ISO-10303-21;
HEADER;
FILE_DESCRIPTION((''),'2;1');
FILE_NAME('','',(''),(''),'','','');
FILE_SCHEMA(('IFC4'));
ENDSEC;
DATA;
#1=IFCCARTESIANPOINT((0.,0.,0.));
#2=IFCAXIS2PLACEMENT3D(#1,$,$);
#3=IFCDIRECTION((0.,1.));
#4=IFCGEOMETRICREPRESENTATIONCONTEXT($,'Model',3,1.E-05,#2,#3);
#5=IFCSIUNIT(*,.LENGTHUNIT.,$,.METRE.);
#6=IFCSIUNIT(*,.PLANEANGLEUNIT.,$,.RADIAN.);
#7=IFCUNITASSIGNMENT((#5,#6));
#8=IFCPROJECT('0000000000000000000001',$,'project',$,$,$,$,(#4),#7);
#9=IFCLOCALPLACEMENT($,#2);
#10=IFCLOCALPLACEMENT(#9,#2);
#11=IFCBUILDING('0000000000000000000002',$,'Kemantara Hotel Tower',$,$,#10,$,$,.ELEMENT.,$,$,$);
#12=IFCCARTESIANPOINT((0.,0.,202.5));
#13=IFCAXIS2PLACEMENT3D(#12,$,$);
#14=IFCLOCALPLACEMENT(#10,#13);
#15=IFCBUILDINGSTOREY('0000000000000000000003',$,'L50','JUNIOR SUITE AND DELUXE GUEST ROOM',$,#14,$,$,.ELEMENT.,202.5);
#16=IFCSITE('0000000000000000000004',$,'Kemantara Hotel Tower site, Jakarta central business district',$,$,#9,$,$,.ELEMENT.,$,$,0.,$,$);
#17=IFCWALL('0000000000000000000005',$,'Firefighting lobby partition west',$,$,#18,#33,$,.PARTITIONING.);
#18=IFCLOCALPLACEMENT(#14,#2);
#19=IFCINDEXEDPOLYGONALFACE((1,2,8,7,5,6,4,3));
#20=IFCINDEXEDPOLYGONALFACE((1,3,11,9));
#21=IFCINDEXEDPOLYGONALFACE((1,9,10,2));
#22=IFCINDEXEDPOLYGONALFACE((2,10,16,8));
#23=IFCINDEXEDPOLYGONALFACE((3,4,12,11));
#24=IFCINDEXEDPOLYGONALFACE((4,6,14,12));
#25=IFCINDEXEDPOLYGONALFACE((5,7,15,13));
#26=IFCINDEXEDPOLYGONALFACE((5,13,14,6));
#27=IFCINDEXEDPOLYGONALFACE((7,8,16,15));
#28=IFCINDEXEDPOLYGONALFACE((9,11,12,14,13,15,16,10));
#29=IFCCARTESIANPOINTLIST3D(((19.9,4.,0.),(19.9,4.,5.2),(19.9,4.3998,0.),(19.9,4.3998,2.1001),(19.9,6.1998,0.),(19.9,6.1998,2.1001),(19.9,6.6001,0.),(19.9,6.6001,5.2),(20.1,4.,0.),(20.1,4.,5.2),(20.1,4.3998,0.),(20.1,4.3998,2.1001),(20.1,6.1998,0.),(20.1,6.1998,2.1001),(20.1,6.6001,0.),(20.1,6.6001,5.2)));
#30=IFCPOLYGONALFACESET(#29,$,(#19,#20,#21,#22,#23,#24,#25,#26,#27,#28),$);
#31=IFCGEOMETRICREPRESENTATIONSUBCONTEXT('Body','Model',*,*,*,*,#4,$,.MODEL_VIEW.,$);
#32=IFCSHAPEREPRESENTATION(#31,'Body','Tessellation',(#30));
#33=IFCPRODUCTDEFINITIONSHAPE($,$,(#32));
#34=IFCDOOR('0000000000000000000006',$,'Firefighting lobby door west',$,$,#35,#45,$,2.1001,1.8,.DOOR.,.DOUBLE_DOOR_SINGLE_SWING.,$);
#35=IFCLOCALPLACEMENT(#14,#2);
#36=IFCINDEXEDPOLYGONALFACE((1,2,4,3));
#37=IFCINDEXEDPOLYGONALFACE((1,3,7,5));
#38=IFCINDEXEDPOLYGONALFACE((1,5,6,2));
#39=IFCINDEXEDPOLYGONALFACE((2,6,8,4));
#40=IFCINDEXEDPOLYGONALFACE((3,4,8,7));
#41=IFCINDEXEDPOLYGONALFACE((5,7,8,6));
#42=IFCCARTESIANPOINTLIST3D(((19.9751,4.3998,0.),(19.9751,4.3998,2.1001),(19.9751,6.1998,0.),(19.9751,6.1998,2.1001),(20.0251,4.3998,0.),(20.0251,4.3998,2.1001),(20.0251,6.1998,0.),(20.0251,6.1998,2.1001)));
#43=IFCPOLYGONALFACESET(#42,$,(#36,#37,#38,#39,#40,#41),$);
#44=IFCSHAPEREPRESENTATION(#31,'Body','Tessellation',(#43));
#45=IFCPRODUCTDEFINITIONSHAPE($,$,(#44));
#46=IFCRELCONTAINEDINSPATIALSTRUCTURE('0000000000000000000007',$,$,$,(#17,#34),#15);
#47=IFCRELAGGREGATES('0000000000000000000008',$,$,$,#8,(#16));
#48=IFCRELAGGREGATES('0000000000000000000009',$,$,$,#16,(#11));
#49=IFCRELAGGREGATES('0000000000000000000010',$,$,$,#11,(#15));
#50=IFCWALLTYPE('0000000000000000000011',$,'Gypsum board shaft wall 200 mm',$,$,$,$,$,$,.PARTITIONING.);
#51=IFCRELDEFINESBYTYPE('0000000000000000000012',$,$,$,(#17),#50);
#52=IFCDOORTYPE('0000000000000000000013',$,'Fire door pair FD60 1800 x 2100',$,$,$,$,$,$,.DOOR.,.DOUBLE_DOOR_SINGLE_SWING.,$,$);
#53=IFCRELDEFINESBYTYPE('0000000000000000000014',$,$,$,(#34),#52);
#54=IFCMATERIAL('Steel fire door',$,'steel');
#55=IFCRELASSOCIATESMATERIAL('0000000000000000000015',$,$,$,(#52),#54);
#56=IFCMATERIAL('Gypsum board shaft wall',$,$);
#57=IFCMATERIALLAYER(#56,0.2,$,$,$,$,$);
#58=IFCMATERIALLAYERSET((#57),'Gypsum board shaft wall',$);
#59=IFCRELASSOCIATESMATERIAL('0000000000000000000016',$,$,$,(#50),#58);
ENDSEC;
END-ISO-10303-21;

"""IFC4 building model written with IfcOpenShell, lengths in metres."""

from ifc_helpers import new_model, si_unit, direction, frame, frame_2d, origin, place, context, subcontext, project, spatial, rectangle, extrude, material, layer, layer_set, type_object, element, fill, save


model = new_model("IFC4")

# Units and contexts
model_context = context("Model", 3, precision=1e-05, world=origin(), true_north=direction((0.0, 1.0)))
body_context = subcontext(model_context, "Body", "Model", "MODEL_VIEW")
ifc_project = project(units=[si_unit("LENGTHUNIT", "METRE"), si_unit("PLANEANGLEUNIT", "RADIAN")], contexts=[model_context])

# Site, building, storey
site_placement = place(None, origin())
site = spatial("IfcSite", under=ifc_project, at=site_placement, Name="Kemantara Hotel Tower site, Jakarta central business district", CompositionType="ELEMENT", RefElevation=0.0)
building_placement = place(site_placement, origin())
building = spatial("IfcBuilding", under=site, at=building_placement, Name="Kemantara Hotel Tower", CompositionType="ELEMENT")
storey_placement = place(building_placement, frame((0.0, 0.0, 202.5)))
storey = spatial("IfcBuildingStorey", under=building, at=storey_placement, Name="L50", Description="JUNIOR SUITE AND DELUXE GUEST ROOM", CompositionType="ELEMENT", Elevation=202.5)

# Shared definitions
ifc_material_1 = material(Name="Steel fire door", Category="steel")
door_type_1 = type_object("IfcDoorType", Name="Fire door pair FD60 1800 x 2100", OperationType="DOUBLE_DOOR_SINGLE_SWING", PredefinedType="DOOR", material=ifc_material_1)

# Wall, opening, door
ifc_material_2 = material(Name="Gypsum board shaft wall")
ifc_layer_1 = layer(ifc_material_2, 0.2)
ifc_layer_set_1 = layer_set([ifc_layer_1], Name="Gypsum board shaft wall")
wall_type_1 = type_object("IfcWallType", Name="Gypsum board shaft wall 200 mm", PredefinedType="PARTITIONING", material=ifc_layer_set_1)
wall_1_placement = place(storey_placement, frame((20.0, 4.0, 0.0), z_axis=(0.0, 0.0, 1.0), x_axis=(0.0, 1.0, 0.0)))
wall_1 = element("IfcWall", 1, at=wall_1_placement, inside=storey, type_object=wall_type_1, Name="Firefighting lobby partition west", PredefinedType="PARTITIONING", context=body_context, shape_type="SweptSolid", body=[
    extrude(rectangle(XDim=2.6001, YDim=0.2, at=frame_2d((1.3, 0.0))), origin(), (0.0, 0.0, 1.0), 5.2),
])
opening_1_placement = place(wall_1_placement, frame((0.3999, 0.0, 0.0)))
opening_1 = element("IfcOpeningElement", 2, at=opening_1_placement, cuts=wall_1, PredefinedType="OPENING", context=body_context, shape_type="SweptSolid", body=[
    extrude(rectangle(XDim=1.8, YDim=2.1001, at=frame_2d((0.8999, 1.05))), frame((0.0, 0.1099, 0.0), z_axis=(0.0, -1.0, 0.0), x_axis=(1.0, 0.0, 0.0)), (0.0, 0.0, 1.0), 0.22),
])
door_1_placement = place(opening_1_placement, origin())
door_1 = element("IfcDoor", 3, at=door_1_placement, inside=storey, type_object=door_type_1, Name="Firefighting lobby door west", OperationType="DOUBLE_DOOR_SINGLE_SWING", OverallHeight=2.1001, OverallWidth=1.8, PredefinedType="DOOR", context=body_context, shape_type="SweptSolid", body=[
    extrude(rectangle(XDim=1.8, YDim=2.1001, at=frame_2d((0.8999, 1.05))), frame((0.0, 0.0249, 0.0), z_axis=(0.0, -1.0, 0.0), x_axis=(1.0, 0.0, 0.0)), (0.0, 0.0, 1.0), 0.05),
])
fill(opening_1, door_1)

save(model, "model.ifc")
